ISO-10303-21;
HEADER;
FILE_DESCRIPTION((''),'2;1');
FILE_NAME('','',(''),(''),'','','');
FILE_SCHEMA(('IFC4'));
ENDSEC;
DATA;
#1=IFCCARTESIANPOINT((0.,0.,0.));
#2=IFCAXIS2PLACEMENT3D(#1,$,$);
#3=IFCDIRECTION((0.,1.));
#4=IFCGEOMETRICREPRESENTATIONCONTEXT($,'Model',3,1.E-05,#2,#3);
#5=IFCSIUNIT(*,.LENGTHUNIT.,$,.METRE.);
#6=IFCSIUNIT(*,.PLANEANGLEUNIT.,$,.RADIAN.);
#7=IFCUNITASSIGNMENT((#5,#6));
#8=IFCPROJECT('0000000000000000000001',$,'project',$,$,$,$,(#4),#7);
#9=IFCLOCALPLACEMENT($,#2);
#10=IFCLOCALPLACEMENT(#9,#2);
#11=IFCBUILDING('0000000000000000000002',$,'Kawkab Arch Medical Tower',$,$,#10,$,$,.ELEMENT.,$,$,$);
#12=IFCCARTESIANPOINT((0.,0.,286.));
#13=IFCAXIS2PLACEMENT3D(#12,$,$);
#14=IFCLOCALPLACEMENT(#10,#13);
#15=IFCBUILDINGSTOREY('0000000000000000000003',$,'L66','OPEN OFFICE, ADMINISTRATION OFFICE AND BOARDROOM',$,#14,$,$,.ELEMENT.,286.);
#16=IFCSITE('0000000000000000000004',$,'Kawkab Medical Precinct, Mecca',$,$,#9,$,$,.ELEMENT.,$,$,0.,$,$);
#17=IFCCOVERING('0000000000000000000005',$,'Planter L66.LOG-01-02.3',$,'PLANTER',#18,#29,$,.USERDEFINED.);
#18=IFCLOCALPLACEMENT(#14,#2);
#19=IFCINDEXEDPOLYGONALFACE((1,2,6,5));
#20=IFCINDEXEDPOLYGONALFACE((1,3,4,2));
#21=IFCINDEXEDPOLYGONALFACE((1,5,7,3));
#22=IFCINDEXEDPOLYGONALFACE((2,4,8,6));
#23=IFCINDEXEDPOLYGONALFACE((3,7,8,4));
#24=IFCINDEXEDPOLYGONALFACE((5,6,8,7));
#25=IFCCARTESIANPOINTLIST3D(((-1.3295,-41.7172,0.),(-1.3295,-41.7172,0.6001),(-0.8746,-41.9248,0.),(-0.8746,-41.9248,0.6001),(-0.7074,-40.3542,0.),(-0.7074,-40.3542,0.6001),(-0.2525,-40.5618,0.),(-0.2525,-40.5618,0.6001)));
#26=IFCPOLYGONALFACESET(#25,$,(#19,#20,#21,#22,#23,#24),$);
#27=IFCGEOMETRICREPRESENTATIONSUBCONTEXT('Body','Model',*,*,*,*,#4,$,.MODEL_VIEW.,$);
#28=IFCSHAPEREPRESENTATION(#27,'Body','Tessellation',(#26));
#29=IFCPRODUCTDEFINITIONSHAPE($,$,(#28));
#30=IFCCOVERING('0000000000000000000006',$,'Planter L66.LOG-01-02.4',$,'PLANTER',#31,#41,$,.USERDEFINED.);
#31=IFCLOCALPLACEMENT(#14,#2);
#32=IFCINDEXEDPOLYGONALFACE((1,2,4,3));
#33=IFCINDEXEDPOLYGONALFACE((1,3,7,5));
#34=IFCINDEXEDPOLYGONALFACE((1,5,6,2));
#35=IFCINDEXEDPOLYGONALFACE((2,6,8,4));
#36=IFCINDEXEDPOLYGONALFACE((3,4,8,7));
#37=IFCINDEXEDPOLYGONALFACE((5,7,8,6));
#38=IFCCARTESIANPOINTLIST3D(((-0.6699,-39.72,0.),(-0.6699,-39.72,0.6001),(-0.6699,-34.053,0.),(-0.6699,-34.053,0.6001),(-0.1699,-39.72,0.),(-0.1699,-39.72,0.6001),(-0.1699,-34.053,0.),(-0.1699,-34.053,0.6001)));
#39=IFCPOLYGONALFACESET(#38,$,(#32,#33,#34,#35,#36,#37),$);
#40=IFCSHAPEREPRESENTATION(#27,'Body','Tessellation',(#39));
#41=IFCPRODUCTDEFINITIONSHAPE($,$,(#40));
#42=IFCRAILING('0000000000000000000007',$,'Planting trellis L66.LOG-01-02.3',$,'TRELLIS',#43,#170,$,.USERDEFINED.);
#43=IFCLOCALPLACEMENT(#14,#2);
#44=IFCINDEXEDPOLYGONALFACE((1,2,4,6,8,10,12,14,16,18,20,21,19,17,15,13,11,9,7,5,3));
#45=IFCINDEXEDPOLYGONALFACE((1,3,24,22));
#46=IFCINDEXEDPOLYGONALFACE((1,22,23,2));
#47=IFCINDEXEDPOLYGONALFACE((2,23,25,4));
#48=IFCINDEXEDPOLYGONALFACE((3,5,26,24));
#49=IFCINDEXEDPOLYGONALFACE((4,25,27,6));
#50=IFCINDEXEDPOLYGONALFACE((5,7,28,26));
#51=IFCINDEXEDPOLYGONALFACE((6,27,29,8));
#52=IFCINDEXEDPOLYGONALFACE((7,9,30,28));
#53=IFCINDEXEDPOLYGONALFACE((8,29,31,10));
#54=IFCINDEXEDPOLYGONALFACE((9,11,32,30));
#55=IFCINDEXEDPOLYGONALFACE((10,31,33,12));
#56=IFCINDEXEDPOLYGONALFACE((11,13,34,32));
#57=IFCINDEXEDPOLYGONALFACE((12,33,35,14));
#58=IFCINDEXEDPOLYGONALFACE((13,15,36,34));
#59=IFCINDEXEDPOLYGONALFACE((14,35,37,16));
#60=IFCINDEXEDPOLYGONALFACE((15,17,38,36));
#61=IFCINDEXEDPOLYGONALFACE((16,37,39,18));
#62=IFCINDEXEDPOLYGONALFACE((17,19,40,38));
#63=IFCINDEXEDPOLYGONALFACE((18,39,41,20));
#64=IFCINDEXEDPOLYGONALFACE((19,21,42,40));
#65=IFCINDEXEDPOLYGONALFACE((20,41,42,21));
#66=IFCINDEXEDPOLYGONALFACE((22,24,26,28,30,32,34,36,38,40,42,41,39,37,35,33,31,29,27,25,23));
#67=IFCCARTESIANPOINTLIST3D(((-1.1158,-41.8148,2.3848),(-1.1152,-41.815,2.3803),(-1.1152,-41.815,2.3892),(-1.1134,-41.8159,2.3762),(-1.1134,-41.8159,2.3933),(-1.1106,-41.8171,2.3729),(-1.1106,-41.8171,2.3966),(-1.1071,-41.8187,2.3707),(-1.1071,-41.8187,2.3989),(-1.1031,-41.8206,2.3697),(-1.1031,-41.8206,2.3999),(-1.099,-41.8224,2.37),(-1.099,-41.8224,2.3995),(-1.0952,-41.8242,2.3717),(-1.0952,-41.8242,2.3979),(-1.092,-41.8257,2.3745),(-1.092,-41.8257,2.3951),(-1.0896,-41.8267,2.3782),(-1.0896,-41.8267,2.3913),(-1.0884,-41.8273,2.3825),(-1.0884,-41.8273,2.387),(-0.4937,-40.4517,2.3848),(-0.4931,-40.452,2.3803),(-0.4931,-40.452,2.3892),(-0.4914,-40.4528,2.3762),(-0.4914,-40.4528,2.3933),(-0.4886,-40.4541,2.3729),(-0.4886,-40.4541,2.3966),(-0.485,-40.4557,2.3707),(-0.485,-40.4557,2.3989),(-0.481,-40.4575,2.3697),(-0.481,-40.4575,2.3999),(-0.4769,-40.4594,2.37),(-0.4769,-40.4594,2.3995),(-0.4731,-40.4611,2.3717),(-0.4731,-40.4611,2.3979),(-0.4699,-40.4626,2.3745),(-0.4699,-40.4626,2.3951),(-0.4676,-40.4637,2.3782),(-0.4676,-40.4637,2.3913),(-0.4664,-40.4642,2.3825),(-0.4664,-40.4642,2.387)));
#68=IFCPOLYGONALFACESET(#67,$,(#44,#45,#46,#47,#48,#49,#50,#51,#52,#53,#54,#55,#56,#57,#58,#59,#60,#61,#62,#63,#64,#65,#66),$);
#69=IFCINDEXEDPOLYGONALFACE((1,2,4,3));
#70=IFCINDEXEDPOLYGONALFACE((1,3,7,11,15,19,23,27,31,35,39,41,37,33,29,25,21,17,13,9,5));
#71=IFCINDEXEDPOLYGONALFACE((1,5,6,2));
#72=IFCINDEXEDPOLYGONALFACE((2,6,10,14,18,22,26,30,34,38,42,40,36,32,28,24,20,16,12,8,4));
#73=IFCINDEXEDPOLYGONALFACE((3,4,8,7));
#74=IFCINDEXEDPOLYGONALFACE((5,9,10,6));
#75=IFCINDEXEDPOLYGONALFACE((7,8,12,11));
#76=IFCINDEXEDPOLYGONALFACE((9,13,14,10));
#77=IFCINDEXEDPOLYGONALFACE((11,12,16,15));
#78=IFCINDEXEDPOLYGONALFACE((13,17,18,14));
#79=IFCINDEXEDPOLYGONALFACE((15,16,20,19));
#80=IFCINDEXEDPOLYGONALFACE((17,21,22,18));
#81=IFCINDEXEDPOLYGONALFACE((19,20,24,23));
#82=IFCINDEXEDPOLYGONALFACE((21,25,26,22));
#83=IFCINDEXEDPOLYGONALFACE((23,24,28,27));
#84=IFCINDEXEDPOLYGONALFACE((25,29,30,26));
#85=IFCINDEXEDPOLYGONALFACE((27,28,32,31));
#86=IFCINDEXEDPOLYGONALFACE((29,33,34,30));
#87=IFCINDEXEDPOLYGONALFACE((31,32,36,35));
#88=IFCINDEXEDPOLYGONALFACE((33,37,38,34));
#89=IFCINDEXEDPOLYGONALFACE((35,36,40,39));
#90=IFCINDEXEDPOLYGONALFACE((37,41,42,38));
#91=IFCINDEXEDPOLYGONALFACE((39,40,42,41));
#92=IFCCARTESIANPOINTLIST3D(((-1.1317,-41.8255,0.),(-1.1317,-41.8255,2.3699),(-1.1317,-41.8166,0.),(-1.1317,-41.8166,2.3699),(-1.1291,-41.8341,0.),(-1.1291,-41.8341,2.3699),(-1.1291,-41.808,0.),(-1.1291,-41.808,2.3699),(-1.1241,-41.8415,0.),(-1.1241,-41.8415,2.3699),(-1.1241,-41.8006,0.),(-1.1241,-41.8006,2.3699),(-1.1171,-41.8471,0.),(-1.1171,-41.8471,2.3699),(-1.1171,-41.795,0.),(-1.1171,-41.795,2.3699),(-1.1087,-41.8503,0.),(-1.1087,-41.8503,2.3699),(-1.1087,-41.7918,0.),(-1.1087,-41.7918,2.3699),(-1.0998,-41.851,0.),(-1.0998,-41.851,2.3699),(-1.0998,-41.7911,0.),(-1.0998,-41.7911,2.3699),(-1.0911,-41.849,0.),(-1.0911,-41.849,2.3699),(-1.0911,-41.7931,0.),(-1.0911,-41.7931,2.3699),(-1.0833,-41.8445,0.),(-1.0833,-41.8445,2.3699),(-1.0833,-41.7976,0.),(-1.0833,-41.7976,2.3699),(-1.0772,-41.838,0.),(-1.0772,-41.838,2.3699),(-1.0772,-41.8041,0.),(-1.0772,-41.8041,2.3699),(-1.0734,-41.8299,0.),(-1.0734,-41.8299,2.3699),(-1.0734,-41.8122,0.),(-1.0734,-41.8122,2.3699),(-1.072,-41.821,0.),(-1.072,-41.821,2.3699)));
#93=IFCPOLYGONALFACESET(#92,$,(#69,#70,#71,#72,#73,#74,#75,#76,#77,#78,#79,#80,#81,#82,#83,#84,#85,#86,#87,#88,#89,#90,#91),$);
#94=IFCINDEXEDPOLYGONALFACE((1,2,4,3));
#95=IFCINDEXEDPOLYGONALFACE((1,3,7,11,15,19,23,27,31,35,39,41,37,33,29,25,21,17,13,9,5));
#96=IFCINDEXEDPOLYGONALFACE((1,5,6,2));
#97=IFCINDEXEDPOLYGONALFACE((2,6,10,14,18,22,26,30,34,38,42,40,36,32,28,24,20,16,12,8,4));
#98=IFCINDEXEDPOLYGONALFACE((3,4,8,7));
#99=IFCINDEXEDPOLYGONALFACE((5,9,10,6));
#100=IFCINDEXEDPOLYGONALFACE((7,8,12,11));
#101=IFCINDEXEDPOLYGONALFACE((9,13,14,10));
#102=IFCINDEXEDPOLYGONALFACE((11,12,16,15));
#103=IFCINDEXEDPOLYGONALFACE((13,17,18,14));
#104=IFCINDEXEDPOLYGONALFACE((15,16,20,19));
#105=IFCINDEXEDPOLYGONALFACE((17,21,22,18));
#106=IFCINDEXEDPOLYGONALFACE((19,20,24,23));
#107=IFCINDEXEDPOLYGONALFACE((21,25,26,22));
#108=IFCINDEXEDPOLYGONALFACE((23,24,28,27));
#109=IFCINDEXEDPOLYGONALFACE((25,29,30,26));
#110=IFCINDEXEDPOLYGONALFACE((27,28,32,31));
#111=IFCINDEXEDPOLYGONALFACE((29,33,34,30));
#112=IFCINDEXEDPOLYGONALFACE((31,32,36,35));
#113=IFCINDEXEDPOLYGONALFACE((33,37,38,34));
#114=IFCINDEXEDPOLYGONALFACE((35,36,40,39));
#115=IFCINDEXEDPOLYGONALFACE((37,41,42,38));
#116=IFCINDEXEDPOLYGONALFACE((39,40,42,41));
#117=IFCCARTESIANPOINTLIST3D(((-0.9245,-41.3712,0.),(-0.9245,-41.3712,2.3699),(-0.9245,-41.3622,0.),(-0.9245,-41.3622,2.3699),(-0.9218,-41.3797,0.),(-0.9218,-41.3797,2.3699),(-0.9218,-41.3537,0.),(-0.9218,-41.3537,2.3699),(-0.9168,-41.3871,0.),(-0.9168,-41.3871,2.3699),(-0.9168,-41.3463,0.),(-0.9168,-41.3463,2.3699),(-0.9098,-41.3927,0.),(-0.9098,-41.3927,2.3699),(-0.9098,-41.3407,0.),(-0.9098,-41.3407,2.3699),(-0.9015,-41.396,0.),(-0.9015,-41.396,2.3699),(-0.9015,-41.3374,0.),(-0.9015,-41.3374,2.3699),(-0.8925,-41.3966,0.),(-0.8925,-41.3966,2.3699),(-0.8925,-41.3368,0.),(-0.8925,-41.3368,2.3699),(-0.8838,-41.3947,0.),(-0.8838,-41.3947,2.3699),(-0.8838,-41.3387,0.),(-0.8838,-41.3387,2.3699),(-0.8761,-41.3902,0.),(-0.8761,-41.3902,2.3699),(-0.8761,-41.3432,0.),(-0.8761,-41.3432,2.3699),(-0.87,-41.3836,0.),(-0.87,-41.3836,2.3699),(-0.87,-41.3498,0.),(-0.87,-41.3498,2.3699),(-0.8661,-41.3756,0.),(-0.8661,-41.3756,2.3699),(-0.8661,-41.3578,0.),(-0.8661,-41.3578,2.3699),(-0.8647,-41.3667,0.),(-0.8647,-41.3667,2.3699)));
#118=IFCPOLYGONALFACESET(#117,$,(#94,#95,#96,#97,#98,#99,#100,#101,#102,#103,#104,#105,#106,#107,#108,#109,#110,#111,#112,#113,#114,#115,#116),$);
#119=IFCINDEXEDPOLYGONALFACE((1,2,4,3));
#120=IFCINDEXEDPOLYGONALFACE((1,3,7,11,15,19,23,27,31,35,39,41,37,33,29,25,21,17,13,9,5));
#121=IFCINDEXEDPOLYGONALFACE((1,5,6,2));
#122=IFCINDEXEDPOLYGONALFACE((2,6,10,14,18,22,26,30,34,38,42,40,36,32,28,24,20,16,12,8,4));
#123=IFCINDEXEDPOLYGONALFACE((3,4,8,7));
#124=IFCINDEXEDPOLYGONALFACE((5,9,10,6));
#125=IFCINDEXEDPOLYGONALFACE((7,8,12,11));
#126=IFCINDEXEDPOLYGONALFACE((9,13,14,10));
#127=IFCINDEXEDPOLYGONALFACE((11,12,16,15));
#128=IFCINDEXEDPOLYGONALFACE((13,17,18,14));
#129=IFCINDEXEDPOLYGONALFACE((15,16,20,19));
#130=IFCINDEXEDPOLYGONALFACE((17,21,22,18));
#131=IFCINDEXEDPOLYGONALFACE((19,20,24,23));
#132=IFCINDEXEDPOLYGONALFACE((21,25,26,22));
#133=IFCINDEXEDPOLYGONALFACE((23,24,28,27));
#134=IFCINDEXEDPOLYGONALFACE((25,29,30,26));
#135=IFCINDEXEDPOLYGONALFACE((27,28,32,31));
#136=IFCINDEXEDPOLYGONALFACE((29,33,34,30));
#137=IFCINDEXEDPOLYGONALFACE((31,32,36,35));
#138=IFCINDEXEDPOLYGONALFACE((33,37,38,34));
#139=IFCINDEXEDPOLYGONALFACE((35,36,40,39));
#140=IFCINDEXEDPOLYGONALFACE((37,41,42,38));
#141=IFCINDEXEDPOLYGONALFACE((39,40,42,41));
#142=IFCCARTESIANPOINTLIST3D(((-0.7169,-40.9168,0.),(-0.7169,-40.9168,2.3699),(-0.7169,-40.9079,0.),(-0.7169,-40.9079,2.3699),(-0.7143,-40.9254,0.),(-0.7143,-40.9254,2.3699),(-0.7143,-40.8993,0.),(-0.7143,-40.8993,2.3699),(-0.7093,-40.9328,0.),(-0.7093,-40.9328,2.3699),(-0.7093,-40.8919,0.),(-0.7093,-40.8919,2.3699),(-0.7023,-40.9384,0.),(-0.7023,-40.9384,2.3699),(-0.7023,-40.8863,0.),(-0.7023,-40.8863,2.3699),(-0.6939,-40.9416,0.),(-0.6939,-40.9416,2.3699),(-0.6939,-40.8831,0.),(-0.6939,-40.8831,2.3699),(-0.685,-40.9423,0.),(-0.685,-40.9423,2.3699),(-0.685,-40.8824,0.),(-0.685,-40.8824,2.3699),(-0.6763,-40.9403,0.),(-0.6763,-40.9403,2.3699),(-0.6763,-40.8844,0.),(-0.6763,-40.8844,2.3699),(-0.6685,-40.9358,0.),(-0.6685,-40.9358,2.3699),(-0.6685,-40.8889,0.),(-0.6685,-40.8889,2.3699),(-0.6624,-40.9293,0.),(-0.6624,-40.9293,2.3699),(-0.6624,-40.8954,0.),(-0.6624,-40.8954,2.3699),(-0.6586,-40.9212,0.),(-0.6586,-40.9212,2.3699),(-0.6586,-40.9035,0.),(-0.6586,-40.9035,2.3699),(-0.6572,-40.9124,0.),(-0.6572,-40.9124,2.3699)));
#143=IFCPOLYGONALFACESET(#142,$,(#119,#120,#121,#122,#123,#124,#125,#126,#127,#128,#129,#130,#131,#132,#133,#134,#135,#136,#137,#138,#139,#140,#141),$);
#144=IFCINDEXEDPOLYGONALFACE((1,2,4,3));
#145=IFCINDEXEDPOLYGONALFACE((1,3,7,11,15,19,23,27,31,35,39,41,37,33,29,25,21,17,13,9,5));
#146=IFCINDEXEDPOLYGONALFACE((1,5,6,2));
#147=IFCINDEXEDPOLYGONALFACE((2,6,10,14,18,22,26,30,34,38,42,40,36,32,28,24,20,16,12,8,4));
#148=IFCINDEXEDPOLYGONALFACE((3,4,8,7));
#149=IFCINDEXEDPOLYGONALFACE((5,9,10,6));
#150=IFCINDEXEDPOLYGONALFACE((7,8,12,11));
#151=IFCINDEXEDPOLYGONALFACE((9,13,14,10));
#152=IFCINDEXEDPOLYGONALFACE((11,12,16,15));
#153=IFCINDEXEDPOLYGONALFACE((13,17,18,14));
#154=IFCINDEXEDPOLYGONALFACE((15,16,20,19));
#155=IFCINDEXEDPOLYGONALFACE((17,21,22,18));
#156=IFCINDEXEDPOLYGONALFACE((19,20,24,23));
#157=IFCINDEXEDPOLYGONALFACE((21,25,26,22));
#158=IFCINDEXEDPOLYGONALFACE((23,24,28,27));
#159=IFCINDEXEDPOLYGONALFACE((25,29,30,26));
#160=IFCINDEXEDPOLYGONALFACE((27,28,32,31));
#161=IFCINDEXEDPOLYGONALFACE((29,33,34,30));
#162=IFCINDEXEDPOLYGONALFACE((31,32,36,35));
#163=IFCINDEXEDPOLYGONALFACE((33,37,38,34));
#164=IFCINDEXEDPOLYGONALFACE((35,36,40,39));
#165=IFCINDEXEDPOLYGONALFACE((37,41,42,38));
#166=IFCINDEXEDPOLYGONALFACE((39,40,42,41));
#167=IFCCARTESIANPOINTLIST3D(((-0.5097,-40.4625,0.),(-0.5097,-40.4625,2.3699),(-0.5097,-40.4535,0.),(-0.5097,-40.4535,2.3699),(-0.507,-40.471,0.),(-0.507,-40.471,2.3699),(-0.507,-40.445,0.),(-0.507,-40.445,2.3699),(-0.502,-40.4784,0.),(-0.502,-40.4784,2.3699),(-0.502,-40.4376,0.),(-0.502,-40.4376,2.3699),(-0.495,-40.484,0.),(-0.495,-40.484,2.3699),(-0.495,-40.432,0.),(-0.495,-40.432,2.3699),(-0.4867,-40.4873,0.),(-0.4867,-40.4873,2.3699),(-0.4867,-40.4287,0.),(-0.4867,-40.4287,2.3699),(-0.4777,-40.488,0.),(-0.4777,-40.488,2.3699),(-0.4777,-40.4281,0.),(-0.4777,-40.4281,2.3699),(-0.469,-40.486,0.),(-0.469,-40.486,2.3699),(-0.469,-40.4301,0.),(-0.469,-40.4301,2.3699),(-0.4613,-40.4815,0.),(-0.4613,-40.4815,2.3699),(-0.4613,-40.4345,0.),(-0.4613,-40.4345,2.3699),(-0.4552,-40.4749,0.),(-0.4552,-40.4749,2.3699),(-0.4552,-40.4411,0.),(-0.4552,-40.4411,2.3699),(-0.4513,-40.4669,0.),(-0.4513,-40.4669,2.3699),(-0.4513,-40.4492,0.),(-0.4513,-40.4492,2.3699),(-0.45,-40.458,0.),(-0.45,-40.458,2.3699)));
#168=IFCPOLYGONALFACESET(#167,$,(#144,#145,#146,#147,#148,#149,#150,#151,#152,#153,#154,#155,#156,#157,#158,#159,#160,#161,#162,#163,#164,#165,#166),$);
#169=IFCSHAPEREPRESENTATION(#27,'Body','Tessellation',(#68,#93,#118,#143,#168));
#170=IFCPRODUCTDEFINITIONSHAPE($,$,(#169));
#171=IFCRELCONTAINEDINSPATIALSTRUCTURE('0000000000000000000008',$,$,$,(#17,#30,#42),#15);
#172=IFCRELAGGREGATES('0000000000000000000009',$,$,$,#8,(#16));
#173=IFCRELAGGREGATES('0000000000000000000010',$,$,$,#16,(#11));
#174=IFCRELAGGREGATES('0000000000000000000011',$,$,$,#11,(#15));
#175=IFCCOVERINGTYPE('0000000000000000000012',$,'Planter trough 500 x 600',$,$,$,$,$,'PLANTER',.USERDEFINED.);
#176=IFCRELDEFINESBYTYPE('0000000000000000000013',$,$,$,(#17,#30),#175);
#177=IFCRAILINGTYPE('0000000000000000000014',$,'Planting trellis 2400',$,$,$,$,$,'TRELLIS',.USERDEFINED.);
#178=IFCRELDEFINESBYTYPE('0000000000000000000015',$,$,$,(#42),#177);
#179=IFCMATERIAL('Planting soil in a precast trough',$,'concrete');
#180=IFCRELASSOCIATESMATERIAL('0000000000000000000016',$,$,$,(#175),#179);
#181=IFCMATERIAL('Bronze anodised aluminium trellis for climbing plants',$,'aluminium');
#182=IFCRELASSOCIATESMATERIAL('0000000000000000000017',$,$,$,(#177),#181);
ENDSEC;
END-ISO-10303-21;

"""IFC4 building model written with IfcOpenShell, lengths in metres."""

from ifc_helpers import new_model, si_unit, direction, frame, origin, origin_2d, place, context, subcontext, project, spatial, rectangle, circle, extrude, material, material_profile, profile_set, type_object, element, save


model = new_model("IFC4")

# Units and contexts
model_context = context("Model", 3, precision=1e-05, world=origin(), true_north=direction((0.0, 1.0)))
body_context = subcontext(model_context, "Body", "Model", "MODEL_VIEW")
ifc_project = project(units=[si_unit("LENGTHUNIT", "METRE"), si_unit("PLANEANGLEUNIT", "RADIAN")], contexts=[model_context])

# Site, building, storey
site_placement = place(None, origin())
site = spatial("IfcSite", under=ifc_project, at=site_placement, Name="Kawkab Medical Precinct, Mecca", CompositionType="ELEMENT", RefElevation=0.0)
building_placement = place(site_placement, origin())
building = spatial("IfcBuilding", under=site, at=building_placement, Name="Kawkab Arch Medical Tower", CompositionType="ELEMENT")
storey_placement = place(building_placement, frame((0.0, 0.0, 286.0)))
storey = spatial("IfcBuildingStorey", under=building, at=storey_placement, Name="L66", Description="OPEN OFFICE, ADMINISTRATION OFFICE AND BOARDROOM", CompositionType="ELEMENT", Elevation=286.0)

# Coverings
ifc_material_1 = material(Name="Planting soil in a precast trough", Category="concrete")
ifc_material_profile_1 = material_profile(ifc_material_1, rectangle(XDim=0.5, YDim=0.6001, at=origin_2d()), Name="Trough 500x600")
ifc_profile_set_1 = profile_set([ifc_material_profile_1], Name="Planting soil in a precast trough")
covering_type = type_object("IfcCoveringType", Name="Planter trough 500 x 600", ElementType="PLANTER", PredefinedType="USERDEFINED", material=ifc_profile_set_1)
covering_1_placement = place(storey_placement, frame((-1.1021, -41.821, 0.3), z_axis=(0.41519, 0.909735, 0.0), x_axis=(-0.909735, 0.41519, 0.0)))
element("IfcCovering", 1, at=covering_1_placement, inside=storey, type_object=covering_type, Name="Planter L66.LOG-01-02.3", ObjectType="PLANTER", PredefinedType="USERDEFINED", context=body_context, shape_type="SweptSolid", body=[
    extrude(rectangle(XDim=0.5, YDim=0.6001, at=origin_2d()), origin(), (0.0, 0.0, 1.0), 1.4983),
])
covering_2_placement = place(storey_placement, frame((-0.4199, -39.72, 0.3), z_axis=(0.0, 1.0, 0.0), x_axis=(-1.0, 0.0, 0.0)))
element("IfcCovering", 2, at=covering_2_placement, inside=storey, type_object=covering_type, Name="Planter L66.LOG-01-02.4", ObjectType="PLANTER", PredefinedType="USERDEFINED", context=body_context, shape_type="SweptSolid", body=[
    extrude(rectangle(XDim=0.5, YDim=0.6001, at=origin_2d()), origin(), (0.0, 0.0, 1.0), 5.667),
])

# Railing
ifc_material_2 = material(Name="Bronze anodised aluminium trellis for climbing plants", Category="aluminium")
railing_type_1 = type_object("IfcRailingType", Name="Planting trellis 2400", ElementType="TRELLIS", PredefinedType="USERDEFINED", material=ifc_material_2)
railing_1_placement = place(storey_placement, frame((-1.1021, -41.821, 0.0)))
element("IfcRailing", 3, at=railing_1_placement, inside=storey, type_object=railing_type_1, Name="Planting trellis L66.LOG-01-02.3", ObjectType="TRELLIS", PredefinedType="USERDEFINED", context=body_context, shape_type="SweptSolid", body=[
    extrude(circle(Radius=0.0151, at=origin_2d()), frame((0.0, 0.0, 2.3848), z_axis=(0.41519, 0.909735, 0.0), x_axis=(-0.909735, 0.41519, 0.0)), (0.0, 0.0, 1.0), 1.4983),
    extrude(circle(Radius=0.03, at=origin_2d()), origin(), (0.0, 0.0, 1.0), 2.3699),
    extrude(circle(Radius=0.03, at=origin_2d()), frame((0.2073, 0.4543, 0.0)), (0.0, 0.0, 1.0), 2.3699),
    extrude(circle(Radius=0.03, at=origin_2d()), frame((0.4148, 0.9087, 0.0)), (0.0, 0.0, 1.0), 2.3699),
    extrude(circle(Radius=0.03, at=origin_2d()), frame((0.6221, 1.363, 0.0)), (0.0, 0.0, 1.0), 2.3699),
])

save(model, "model.ifc")
